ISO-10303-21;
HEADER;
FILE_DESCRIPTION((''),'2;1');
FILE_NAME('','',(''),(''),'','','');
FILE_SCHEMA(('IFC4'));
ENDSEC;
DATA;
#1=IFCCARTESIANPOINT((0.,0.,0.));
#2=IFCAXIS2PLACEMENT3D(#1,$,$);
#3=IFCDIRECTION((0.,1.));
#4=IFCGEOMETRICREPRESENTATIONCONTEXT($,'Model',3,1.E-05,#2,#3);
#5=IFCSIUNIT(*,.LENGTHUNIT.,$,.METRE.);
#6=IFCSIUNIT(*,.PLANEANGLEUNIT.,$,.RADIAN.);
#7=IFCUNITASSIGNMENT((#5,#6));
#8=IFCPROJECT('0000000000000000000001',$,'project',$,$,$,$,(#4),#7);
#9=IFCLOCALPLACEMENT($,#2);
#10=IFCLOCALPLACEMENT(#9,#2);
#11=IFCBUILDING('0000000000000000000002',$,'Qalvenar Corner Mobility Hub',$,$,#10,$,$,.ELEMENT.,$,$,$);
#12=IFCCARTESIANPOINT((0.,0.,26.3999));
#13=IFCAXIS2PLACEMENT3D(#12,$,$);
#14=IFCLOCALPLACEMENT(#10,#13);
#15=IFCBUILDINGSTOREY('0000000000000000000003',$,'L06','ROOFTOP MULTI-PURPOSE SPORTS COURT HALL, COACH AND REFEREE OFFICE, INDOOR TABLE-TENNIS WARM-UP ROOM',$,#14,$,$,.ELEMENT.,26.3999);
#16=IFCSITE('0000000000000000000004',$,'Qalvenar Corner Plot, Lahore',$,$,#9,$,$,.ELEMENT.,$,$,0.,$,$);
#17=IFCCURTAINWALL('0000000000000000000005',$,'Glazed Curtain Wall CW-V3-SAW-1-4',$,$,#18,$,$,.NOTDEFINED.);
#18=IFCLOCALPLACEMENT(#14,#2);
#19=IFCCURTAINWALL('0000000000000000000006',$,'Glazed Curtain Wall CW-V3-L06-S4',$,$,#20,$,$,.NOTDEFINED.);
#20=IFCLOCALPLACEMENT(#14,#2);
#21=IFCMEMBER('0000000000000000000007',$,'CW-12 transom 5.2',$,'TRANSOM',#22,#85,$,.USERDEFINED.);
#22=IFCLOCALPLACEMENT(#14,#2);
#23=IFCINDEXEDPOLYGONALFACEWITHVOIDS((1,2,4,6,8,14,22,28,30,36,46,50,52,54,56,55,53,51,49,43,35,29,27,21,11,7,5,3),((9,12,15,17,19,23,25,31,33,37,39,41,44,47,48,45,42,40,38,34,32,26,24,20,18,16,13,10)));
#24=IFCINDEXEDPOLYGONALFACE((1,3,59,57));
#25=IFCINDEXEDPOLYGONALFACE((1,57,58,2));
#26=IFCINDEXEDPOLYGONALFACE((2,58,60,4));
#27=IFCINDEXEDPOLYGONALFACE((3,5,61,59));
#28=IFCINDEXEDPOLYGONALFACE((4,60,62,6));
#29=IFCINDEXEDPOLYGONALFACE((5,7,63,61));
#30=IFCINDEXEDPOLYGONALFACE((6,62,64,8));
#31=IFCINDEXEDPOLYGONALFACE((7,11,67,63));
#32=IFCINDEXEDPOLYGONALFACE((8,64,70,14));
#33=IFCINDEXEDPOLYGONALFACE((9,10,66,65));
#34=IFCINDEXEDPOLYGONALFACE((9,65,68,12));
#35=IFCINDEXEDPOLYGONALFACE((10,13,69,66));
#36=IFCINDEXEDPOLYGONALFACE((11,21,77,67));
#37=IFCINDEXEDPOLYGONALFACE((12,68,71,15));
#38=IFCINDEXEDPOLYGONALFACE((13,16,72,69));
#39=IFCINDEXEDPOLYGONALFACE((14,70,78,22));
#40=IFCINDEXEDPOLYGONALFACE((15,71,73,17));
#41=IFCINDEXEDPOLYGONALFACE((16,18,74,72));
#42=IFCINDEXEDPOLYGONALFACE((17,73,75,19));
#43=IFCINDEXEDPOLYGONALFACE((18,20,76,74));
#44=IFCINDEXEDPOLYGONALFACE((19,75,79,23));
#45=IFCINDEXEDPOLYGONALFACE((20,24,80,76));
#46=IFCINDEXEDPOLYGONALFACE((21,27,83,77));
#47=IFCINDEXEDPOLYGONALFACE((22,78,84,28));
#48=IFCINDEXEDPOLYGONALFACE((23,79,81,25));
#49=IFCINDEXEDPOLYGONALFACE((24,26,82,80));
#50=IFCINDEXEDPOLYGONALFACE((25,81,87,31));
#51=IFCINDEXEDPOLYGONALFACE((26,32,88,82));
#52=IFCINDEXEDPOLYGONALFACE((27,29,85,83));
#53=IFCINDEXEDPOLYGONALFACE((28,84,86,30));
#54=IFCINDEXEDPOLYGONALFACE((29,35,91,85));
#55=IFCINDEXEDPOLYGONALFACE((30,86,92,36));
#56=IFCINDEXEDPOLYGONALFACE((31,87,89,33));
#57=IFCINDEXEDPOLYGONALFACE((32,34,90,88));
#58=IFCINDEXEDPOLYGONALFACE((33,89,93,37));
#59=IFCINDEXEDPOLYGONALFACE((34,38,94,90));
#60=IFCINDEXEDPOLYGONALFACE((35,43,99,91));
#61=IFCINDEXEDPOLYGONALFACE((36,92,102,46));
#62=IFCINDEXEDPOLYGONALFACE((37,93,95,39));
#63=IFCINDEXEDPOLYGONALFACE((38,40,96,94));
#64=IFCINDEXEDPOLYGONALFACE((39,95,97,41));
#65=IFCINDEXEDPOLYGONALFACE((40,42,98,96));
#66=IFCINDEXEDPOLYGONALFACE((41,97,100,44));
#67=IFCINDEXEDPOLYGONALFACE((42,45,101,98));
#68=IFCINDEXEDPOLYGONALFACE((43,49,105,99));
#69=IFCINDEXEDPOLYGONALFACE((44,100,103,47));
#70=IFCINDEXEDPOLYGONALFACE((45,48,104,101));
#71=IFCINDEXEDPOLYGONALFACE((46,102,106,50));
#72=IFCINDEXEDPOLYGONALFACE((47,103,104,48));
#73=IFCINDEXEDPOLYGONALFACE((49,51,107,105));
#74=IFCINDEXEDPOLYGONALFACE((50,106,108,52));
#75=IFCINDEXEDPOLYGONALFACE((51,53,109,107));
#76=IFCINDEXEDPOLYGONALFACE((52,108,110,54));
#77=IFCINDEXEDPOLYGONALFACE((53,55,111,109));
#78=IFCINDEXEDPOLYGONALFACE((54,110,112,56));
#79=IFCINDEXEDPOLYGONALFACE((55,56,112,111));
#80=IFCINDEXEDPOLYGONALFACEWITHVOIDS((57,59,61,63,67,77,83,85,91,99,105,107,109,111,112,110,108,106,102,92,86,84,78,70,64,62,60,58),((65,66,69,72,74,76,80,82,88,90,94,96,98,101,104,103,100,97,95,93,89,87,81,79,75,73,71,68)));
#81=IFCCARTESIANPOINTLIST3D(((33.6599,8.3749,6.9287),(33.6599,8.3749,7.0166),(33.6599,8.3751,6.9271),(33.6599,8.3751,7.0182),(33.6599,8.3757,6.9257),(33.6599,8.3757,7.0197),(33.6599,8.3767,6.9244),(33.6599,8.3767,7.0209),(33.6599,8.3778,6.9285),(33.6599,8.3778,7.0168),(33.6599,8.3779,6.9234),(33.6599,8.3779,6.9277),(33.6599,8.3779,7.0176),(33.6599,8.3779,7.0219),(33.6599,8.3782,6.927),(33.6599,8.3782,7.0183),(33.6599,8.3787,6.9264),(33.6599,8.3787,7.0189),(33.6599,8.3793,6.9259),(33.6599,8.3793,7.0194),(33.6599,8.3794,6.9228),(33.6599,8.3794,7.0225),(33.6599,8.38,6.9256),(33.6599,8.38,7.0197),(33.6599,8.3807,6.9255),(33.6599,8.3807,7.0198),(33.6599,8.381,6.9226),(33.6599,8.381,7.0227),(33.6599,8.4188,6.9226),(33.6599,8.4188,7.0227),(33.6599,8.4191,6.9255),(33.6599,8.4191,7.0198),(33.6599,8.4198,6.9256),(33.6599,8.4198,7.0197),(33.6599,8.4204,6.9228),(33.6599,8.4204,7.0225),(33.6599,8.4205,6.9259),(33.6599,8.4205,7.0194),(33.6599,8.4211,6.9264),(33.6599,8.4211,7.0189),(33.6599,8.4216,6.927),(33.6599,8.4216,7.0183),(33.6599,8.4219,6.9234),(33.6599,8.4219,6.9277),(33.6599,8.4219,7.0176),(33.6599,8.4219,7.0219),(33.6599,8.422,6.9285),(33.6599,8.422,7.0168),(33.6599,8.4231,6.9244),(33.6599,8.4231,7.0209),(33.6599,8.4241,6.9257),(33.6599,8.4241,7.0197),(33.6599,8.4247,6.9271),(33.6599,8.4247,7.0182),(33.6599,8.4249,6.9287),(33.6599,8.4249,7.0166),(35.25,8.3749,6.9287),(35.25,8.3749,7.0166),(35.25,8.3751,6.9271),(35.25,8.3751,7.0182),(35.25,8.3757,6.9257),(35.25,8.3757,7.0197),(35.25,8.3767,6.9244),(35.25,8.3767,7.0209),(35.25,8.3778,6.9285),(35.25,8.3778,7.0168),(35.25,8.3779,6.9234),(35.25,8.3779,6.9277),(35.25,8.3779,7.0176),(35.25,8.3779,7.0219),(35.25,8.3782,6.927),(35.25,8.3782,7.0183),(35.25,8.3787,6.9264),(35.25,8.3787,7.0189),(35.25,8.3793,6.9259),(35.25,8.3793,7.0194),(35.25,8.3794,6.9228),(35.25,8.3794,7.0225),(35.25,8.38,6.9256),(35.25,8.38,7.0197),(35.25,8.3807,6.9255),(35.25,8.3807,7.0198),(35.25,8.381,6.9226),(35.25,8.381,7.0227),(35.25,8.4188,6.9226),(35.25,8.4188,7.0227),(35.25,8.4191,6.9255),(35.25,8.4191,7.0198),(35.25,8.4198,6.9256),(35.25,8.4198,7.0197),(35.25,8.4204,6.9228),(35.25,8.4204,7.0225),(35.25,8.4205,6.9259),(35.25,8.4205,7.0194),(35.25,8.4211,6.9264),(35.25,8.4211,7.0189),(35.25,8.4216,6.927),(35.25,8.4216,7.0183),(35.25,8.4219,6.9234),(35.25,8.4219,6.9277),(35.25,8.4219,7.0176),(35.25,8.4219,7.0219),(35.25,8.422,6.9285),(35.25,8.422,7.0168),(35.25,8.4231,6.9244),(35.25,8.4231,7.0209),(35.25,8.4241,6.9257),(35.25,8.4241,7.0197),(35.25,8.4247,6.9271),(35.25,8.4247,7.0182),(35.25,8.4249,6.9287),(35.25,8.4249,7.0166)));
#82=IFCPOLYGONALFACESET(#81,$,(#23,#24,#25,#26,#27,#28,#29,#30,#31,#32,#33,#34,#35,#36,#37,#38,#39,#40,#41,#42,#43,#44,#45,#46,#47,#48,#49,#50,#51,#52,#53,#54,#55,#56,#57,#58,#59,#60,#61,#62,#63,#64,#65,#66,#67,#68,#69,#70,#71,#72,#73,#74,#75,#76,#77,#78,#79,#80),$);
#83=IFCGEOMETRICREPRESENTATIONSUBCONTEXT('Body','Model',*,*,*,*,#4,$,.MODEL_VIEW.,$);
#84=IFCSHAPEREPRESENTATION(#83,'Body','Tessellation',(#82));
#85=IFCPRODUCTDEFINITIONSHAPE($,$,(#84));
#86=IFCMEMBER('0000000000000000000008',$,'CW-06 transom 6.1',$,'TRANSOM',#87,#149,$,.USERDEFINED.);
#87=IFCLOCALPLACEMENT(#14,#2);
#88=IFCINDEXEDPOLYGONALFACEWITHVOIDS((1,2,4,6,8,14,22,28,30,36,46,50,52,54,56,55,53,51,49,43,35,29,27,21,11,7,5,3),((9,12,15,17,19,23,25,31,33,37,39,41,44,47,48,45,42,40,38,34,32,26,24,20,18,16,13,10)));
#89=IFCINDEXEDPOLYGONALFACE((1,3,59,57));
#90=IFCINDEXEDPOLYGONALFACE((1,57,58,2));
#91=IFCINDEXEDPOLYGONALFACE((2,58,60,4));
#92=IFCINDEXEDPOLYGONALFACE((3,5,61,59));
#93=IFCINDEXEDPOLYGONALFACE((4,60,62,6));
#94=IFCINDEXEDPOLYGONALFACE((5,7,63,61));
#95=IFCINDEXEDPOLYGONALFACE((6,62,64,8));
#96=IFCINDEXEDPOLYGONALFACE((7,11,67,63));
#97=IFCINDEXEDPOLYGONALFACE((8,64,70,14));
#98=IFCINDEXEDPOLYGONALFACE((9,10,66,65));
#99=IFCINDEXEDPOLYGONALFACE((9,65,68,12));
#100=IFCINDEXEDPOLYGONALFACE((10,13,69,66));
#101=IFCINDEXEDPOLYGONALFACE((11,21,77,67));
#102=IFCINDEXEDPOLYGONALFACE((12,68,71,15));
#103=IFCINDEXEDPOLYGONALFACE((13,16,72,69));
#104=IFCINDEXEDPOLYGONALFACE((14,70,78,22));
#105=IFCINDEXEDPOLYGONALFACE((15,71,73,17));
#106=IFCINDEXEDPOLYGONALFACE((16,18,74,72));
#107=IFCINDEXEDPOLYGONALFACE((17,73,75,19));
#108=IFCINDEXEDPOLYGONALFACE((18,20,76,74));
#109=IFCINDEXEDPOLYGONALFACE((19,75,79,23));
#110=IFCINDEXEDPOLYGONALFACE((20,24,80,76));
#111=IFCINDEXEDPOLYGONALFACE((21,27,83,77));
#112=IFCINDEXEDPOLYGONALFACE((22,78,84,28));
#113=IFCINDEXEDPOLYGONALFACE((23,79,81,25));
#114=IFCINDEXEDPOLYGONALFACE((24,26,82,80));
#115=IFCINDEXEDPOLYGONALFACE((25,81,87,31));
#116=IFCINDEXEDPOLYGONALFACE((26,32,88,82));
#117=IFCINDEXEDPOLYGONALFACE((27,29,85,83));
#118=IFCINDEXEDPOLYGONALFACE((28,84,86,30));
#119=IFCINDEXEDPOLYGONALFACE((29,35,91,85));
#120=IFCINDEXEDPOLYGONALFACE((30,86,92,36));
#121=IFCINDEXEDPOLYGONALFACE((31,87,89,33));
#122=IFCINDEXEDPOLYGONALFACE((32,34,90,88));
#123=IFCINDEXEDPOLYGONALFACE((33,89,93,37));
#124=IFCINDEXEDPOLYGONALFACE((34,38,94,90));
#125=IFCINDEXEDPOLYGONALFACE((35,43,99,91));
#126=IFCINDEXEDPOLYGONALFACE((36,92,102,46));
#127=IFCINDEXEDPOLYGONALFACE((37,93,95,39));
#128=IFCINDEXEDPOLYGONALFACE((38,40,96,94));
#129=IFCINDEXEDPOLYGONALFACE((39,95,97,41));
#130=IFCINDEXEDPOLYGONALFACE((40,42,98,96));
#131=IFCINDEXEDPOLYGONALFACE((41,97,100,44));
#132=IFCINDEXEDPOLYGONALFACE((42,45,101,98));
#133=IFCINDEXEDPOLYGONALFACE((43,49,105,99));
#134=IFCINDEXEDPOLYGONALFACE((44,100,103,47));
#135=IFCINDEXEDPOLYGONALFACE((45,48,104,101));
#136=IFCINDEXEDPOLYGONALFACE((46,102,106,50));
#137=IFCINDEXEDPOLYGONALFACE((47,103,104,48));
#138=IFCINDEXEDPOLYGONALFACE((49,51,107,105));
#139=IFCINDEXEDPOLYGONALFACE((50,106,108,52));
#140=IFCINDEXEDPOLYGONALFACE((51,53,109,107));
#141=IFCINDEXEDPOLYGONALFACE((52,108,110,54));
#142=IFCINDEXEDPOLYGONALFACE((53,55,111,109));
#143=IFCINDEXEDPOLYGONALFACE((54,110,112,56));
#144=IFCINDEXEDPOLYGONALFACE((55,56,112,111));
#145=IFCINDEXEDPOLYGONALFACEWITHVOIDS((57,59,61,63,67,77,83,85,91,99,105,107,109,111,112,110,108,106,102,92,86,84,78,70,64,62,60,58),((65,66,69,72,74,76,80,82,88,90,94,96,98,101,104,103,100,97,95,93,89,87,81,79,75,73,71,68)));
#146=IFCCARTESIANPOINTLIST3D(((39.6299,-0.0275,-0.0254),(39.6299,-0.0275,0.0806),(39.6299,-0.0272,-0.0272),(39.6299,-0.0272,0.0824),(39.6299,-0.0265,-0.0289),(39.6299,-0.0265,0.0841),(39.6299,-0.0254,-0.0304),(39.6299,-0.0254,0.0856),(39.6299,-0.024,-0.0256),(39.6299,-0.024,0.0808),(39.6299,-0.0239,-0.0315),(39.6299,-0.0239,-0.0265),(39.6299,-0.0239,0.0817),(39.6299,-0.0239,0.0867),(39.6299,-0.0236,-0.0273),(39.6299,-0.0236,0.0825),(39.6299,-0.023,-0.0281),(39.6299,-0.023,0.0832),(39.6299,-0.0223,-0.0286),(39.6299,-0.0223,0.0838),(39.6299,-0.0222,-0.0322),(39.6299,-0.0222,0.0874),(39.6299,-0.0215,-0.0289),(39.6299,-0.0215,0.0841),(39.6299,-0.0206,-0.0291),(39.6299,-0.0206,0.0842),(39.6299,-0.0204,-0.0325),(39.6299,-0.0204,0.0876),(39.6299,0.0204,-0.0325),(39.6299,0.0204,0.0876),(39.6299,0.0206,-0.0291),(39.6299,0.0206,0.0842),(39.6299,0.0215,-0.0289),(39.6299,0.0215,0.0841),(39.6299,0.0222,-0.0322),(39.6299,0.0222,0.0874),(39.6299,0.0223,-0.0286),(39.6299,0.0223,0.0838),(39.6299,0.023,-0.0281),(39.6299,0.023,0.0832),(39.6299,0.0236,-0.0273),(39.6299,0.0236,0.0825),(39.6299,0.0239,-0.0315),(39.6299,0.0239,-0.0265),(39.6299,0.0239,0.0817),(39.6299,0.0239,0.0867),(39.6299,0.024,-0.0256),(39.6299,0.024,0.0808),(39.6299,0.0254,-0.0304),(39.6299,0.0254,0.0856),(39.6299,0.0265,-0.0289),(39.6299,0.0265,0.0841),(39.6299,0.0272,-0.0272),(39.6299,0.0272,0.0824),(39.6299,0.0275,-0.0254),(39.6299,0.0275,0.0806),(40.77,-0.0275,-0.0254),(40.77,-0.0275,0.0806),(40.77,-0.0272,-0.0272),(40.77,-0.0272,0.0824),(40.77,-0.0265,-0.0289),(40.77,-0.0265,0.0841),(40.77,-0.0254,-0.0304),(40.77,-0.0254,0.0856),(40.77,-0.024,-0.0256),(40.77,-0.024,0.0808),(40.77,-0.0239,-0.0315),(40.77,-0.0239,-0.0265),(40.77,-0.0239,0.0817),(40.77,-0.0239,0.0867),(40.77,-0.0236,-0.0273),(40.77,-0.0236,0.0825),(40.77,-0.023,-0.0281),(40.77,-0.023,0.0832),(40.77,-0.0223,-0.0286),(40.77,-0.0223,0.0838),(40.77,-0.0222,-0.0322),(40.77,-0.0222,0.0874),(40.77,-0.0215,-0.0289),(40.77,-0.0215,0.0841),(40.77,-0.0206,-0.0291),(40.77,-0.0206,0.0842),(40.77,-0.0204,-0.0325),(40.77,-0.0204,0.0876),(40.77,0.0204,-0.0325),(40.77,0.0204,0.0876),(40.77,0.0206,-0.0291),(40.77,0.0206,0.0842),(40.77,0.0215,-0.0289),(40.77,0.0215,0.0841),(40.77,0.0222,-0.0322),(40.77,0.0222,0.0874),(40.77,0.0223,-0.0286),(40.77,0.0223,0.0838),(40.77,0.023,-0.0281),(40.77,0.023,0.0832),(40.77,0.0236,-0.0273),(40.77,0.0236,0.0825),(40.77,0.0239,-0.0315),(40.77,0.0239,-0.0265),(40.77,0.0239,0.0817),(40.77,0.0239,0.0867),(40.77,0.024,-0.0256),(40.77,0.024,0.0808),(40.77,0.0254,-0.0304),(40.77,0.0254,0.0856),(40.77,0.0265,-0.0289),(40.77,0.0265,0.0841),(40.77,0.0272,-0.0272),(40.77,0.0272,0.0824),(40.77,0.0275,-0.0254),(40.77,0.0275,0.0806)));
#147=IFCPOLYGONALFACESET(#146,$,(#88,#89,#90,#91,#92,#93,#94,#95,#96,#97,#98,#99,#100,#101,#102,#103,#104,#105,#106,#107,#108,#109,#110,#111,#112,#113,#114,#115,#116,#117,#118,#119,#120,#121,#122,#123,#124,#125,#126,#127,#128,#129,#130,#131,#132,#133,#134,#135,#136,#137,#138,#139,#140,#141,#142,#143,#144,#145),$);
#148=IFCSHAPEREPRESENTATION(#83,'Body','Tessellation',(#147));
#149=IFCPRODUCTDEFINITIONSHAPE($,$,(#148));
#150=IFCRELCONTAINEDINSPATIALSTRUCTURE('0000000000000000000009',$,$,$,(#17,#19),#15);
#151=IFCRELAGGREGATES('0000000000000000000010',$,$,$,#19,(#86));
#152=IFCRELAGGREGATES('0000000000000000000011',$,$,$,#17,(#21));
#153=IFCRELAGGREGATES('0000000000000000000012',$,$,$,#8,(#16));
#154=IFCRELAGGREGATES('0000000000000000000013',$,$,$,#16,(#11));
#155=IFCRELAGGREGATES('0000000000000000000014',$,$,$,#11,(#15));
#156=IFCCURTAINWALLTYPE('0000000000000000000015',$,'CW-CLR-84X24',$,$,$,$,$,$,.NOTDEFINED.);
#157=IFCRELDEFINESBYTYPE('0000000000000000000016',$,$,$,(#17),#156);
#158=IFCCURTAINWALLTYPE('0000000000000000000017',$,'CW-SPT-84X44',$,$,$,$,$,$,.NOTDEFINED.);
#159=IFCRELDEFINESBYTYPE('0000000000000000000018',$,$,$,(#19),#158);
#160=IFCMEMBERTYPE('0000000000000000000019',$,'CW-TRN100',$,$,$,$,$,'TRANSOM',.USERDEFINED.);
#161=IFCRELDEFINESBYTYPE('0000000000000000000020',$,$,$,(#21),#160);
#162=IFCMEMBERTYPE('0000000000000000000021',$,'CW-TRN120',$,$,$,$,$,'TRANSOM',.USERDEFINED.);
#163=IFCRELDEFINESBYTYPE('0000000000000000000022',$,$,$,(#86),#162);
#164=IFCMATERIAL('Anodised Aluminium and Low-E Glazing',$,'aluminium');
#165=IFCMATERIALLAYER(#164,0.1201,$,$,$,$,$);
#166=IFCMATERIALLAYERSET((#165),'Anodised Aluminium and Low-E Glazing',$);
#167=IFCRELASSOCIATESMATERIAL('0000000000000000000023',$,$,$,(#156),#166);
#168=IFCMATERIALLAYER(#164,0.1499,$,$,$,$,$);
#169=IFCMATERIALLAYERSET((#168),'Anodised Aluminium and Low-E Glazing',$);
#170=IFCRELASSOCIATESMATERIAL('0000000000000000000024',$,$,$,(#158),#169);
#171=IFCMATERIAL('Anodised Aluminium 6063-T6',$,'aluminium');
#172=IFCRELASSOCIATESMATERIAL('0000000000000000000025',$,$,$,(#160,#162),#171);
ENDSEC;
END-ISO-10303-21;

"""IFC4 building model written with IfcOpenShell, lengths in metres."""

from ifc_helpers import new_model, si_unit, direction, frame, origin, origin_2d, place, context, subcontext, project, spatial, hollow_rectangle, extrude, material, layer, layer_set, material_profile, profile_set, type_object, element, aggregate, save


model = new_model("IFC4")

# Units and contexts
model_context = context("Model", 3, precision=1e-05, world=origin(), true_north=direction((0.0, 1.0)))
body_context = subcontext(model_context, "Body", "Model", "MODEL_VIEW")
ifc_project = project(units=[si_unit("LENGTHUNIT", "METRE"), si_unit("PLANEANGLEUNIT", "RADIAN")], contexts=[model_context])

# Site, building, storey
site_placement = place(None, origin())
site = spatial("IfcSite", under=ifc_project, at=site_placement, Name="Qalvenar Corner Plot, Lahore", CompositionType="ELEMENT", RefElevation=0.0)
building_placement = place(site_placement, origin())
building = spatial("IfcBuilding", under=site, at=building_placement, Name="Qalvenar Corner Mobility Hub", CompositionType="ELEMENT")
storey_placement = place(building_placement, frame((0.0, 0.0, 26.3999)))
storey = spatial("IfcBuildingStorey", under=building, at=storey_placement, Name="L06", Description="ROOFTOP MULTI-PURPOSE SPORTS COURT HALL, COACH AND REFEREE OFFICE, INDOOR TABLE-TENNIS WARM-UP ROOM", CompositionType="ELEMENT", Elevation=26.3999)

# Curtain walls
ifc_material_1 = material(Name="Anodised Aluminium and Low-E Glazing", Category="aluminium")
ifc_layer_1 = layer(ifc_material_1, 0.1201)
ifc_layer_set_1 = layer_set([ifc_layer_1], Name="Anodised Aluminium and Low-E Glazing")
curtain_wall_type_1 = type_object("IfcCurtainWallType", Name="CW-CLR-84X24", PredefinedType="NOTDEFINED", material=ifc_layer_set_1)
curtain_wall_1_placement = place(storey_placement, origin())
curtain_wall_1 = element("IfcCurtainWall", 1, at=curtain_wall_1_placement, inside=storey, type_object=curtain_wall_type_1, Name="Glazed Curtain Wall CW-V3-SAW-1-4", PredefinedType="NOTDEFINED")
ifc_material_2 = material(Name="Anodised Aluminium 6063-T6", Category="aluminium")
ifc_layer_2 = layer(ifc_material_1, 0.1499)
ifc_layer_set_2 = layer_set([ifc_layer_2], Name="Anodised Aluminium and Low-E Glazing")
curtain_wall_type_2 = type_object("IfcCurtainWallType", Name="CW-SPT-84X44", PredefinedType="NOTDEFINED", material=ifc_layer_set_2)
curtain_wall_2_placement = place(storey_placement, origin())
curtain_wall_2 = element("IfcCurtainWall", 2, at=curtain_wall_2_placement, inside=storey, type_object=curtain_wall_type_2, Name="Glazed Curtain Wall CW-V3-L06-S4", PredefinedType="NOTDEFINED")

# Members
ifc_material_profile_1 = material_profile(ifc_material_2, hollow_rectangle(XDim=0.05, YDim=0.1001, WallThickness=0.0029, InnerFilletRadius=0.0029, OuterFilletRadius=0.0061, at=origin_2d()), Name="RHS100x50x3")
ifc_profile_set_1 = profile_set([ifc_material_profile_1], Name="Anodised Aluminium 6063-T6")
member_type_1 = type_object("IfcMemberType", Name="CW-TRN100", ElementType="TRANSOM", PredefinedType="USERDEFINED", material=ifc_profile_set_1)
member_1_placement = place(storey_placement, frame((35.25, 8.3999, 6.9727), z_axis=(-1.0, 0.0, 0.0), x_axis=(0.0, -1.0, 0.0)))
member_1 = element("IfcMember", 3, at=member_1_placement, type_object=member_type_1, Name="CW-12 transom 5.2", ObjectType="TRANSOM", PredefinedType="USERDEFINED", context=body_context, shape_type="SweptSolid", body=[
    extrude(hollow_rectangle(XDim=0.05, YDim=0.1001, WallThickness=0.0029, InnerFilletRadius=0.0029, OuterFilletRadius=0.0061, at=origin_2d()), origin(), (0.0, 0.0, 1.0), 1.5901),
])
ifc_material_profile_2 = material_profile(ifc_material_2, hollow_rectangle(XDim=0.0549, YDim=0.1201, WallThickness=0.0034, InnerFilletRadius=0.0034, OuterFilletRadius=0.0071, at=origin_2d()), Name="RHS120x55x3.5")
ifc_profile_set_2 = profile_set([ifc_material_profile_2], Name="Anodised Aluminium 6063-T6")
member_type_2 = type_object("IfcMemberType", Name="CW-TRN120", ElementType="TRANSOM", PredefinedType="USERDEFINED", material=ifc_profile_set_2)
member_2_placement = place(storey_placement, frame((39.6299, 0.0, 0.0276), z_axis=(1.0, 0.0, 0.0), x_axis=(0.0, 1.0, 0.0)))
member_2 = element("IfcMember", 4, at=member_2_placement, type_object=member_type_2, Name="CW-06 transom 6.1", ObjectType="TRANSOM", PredefinedType="USERDEFINED", context=body_context, shape_type="SweptSolid", body=[
    extrude(hollow_rectangle(XDim=0.0549, YDim=0.1201, WallThickness=0.0034, InnerFilletRadius=0.0034, OuterFilletRadius=0.0071, at=origin_2d()), origin(), (0.0, 0.0, 1.0), 1.1401),
])

aggregate(curtain_wall_2, [member_2])
aggregate(curtain_wall_1, [member_1])

save(model, "model.ifc")
